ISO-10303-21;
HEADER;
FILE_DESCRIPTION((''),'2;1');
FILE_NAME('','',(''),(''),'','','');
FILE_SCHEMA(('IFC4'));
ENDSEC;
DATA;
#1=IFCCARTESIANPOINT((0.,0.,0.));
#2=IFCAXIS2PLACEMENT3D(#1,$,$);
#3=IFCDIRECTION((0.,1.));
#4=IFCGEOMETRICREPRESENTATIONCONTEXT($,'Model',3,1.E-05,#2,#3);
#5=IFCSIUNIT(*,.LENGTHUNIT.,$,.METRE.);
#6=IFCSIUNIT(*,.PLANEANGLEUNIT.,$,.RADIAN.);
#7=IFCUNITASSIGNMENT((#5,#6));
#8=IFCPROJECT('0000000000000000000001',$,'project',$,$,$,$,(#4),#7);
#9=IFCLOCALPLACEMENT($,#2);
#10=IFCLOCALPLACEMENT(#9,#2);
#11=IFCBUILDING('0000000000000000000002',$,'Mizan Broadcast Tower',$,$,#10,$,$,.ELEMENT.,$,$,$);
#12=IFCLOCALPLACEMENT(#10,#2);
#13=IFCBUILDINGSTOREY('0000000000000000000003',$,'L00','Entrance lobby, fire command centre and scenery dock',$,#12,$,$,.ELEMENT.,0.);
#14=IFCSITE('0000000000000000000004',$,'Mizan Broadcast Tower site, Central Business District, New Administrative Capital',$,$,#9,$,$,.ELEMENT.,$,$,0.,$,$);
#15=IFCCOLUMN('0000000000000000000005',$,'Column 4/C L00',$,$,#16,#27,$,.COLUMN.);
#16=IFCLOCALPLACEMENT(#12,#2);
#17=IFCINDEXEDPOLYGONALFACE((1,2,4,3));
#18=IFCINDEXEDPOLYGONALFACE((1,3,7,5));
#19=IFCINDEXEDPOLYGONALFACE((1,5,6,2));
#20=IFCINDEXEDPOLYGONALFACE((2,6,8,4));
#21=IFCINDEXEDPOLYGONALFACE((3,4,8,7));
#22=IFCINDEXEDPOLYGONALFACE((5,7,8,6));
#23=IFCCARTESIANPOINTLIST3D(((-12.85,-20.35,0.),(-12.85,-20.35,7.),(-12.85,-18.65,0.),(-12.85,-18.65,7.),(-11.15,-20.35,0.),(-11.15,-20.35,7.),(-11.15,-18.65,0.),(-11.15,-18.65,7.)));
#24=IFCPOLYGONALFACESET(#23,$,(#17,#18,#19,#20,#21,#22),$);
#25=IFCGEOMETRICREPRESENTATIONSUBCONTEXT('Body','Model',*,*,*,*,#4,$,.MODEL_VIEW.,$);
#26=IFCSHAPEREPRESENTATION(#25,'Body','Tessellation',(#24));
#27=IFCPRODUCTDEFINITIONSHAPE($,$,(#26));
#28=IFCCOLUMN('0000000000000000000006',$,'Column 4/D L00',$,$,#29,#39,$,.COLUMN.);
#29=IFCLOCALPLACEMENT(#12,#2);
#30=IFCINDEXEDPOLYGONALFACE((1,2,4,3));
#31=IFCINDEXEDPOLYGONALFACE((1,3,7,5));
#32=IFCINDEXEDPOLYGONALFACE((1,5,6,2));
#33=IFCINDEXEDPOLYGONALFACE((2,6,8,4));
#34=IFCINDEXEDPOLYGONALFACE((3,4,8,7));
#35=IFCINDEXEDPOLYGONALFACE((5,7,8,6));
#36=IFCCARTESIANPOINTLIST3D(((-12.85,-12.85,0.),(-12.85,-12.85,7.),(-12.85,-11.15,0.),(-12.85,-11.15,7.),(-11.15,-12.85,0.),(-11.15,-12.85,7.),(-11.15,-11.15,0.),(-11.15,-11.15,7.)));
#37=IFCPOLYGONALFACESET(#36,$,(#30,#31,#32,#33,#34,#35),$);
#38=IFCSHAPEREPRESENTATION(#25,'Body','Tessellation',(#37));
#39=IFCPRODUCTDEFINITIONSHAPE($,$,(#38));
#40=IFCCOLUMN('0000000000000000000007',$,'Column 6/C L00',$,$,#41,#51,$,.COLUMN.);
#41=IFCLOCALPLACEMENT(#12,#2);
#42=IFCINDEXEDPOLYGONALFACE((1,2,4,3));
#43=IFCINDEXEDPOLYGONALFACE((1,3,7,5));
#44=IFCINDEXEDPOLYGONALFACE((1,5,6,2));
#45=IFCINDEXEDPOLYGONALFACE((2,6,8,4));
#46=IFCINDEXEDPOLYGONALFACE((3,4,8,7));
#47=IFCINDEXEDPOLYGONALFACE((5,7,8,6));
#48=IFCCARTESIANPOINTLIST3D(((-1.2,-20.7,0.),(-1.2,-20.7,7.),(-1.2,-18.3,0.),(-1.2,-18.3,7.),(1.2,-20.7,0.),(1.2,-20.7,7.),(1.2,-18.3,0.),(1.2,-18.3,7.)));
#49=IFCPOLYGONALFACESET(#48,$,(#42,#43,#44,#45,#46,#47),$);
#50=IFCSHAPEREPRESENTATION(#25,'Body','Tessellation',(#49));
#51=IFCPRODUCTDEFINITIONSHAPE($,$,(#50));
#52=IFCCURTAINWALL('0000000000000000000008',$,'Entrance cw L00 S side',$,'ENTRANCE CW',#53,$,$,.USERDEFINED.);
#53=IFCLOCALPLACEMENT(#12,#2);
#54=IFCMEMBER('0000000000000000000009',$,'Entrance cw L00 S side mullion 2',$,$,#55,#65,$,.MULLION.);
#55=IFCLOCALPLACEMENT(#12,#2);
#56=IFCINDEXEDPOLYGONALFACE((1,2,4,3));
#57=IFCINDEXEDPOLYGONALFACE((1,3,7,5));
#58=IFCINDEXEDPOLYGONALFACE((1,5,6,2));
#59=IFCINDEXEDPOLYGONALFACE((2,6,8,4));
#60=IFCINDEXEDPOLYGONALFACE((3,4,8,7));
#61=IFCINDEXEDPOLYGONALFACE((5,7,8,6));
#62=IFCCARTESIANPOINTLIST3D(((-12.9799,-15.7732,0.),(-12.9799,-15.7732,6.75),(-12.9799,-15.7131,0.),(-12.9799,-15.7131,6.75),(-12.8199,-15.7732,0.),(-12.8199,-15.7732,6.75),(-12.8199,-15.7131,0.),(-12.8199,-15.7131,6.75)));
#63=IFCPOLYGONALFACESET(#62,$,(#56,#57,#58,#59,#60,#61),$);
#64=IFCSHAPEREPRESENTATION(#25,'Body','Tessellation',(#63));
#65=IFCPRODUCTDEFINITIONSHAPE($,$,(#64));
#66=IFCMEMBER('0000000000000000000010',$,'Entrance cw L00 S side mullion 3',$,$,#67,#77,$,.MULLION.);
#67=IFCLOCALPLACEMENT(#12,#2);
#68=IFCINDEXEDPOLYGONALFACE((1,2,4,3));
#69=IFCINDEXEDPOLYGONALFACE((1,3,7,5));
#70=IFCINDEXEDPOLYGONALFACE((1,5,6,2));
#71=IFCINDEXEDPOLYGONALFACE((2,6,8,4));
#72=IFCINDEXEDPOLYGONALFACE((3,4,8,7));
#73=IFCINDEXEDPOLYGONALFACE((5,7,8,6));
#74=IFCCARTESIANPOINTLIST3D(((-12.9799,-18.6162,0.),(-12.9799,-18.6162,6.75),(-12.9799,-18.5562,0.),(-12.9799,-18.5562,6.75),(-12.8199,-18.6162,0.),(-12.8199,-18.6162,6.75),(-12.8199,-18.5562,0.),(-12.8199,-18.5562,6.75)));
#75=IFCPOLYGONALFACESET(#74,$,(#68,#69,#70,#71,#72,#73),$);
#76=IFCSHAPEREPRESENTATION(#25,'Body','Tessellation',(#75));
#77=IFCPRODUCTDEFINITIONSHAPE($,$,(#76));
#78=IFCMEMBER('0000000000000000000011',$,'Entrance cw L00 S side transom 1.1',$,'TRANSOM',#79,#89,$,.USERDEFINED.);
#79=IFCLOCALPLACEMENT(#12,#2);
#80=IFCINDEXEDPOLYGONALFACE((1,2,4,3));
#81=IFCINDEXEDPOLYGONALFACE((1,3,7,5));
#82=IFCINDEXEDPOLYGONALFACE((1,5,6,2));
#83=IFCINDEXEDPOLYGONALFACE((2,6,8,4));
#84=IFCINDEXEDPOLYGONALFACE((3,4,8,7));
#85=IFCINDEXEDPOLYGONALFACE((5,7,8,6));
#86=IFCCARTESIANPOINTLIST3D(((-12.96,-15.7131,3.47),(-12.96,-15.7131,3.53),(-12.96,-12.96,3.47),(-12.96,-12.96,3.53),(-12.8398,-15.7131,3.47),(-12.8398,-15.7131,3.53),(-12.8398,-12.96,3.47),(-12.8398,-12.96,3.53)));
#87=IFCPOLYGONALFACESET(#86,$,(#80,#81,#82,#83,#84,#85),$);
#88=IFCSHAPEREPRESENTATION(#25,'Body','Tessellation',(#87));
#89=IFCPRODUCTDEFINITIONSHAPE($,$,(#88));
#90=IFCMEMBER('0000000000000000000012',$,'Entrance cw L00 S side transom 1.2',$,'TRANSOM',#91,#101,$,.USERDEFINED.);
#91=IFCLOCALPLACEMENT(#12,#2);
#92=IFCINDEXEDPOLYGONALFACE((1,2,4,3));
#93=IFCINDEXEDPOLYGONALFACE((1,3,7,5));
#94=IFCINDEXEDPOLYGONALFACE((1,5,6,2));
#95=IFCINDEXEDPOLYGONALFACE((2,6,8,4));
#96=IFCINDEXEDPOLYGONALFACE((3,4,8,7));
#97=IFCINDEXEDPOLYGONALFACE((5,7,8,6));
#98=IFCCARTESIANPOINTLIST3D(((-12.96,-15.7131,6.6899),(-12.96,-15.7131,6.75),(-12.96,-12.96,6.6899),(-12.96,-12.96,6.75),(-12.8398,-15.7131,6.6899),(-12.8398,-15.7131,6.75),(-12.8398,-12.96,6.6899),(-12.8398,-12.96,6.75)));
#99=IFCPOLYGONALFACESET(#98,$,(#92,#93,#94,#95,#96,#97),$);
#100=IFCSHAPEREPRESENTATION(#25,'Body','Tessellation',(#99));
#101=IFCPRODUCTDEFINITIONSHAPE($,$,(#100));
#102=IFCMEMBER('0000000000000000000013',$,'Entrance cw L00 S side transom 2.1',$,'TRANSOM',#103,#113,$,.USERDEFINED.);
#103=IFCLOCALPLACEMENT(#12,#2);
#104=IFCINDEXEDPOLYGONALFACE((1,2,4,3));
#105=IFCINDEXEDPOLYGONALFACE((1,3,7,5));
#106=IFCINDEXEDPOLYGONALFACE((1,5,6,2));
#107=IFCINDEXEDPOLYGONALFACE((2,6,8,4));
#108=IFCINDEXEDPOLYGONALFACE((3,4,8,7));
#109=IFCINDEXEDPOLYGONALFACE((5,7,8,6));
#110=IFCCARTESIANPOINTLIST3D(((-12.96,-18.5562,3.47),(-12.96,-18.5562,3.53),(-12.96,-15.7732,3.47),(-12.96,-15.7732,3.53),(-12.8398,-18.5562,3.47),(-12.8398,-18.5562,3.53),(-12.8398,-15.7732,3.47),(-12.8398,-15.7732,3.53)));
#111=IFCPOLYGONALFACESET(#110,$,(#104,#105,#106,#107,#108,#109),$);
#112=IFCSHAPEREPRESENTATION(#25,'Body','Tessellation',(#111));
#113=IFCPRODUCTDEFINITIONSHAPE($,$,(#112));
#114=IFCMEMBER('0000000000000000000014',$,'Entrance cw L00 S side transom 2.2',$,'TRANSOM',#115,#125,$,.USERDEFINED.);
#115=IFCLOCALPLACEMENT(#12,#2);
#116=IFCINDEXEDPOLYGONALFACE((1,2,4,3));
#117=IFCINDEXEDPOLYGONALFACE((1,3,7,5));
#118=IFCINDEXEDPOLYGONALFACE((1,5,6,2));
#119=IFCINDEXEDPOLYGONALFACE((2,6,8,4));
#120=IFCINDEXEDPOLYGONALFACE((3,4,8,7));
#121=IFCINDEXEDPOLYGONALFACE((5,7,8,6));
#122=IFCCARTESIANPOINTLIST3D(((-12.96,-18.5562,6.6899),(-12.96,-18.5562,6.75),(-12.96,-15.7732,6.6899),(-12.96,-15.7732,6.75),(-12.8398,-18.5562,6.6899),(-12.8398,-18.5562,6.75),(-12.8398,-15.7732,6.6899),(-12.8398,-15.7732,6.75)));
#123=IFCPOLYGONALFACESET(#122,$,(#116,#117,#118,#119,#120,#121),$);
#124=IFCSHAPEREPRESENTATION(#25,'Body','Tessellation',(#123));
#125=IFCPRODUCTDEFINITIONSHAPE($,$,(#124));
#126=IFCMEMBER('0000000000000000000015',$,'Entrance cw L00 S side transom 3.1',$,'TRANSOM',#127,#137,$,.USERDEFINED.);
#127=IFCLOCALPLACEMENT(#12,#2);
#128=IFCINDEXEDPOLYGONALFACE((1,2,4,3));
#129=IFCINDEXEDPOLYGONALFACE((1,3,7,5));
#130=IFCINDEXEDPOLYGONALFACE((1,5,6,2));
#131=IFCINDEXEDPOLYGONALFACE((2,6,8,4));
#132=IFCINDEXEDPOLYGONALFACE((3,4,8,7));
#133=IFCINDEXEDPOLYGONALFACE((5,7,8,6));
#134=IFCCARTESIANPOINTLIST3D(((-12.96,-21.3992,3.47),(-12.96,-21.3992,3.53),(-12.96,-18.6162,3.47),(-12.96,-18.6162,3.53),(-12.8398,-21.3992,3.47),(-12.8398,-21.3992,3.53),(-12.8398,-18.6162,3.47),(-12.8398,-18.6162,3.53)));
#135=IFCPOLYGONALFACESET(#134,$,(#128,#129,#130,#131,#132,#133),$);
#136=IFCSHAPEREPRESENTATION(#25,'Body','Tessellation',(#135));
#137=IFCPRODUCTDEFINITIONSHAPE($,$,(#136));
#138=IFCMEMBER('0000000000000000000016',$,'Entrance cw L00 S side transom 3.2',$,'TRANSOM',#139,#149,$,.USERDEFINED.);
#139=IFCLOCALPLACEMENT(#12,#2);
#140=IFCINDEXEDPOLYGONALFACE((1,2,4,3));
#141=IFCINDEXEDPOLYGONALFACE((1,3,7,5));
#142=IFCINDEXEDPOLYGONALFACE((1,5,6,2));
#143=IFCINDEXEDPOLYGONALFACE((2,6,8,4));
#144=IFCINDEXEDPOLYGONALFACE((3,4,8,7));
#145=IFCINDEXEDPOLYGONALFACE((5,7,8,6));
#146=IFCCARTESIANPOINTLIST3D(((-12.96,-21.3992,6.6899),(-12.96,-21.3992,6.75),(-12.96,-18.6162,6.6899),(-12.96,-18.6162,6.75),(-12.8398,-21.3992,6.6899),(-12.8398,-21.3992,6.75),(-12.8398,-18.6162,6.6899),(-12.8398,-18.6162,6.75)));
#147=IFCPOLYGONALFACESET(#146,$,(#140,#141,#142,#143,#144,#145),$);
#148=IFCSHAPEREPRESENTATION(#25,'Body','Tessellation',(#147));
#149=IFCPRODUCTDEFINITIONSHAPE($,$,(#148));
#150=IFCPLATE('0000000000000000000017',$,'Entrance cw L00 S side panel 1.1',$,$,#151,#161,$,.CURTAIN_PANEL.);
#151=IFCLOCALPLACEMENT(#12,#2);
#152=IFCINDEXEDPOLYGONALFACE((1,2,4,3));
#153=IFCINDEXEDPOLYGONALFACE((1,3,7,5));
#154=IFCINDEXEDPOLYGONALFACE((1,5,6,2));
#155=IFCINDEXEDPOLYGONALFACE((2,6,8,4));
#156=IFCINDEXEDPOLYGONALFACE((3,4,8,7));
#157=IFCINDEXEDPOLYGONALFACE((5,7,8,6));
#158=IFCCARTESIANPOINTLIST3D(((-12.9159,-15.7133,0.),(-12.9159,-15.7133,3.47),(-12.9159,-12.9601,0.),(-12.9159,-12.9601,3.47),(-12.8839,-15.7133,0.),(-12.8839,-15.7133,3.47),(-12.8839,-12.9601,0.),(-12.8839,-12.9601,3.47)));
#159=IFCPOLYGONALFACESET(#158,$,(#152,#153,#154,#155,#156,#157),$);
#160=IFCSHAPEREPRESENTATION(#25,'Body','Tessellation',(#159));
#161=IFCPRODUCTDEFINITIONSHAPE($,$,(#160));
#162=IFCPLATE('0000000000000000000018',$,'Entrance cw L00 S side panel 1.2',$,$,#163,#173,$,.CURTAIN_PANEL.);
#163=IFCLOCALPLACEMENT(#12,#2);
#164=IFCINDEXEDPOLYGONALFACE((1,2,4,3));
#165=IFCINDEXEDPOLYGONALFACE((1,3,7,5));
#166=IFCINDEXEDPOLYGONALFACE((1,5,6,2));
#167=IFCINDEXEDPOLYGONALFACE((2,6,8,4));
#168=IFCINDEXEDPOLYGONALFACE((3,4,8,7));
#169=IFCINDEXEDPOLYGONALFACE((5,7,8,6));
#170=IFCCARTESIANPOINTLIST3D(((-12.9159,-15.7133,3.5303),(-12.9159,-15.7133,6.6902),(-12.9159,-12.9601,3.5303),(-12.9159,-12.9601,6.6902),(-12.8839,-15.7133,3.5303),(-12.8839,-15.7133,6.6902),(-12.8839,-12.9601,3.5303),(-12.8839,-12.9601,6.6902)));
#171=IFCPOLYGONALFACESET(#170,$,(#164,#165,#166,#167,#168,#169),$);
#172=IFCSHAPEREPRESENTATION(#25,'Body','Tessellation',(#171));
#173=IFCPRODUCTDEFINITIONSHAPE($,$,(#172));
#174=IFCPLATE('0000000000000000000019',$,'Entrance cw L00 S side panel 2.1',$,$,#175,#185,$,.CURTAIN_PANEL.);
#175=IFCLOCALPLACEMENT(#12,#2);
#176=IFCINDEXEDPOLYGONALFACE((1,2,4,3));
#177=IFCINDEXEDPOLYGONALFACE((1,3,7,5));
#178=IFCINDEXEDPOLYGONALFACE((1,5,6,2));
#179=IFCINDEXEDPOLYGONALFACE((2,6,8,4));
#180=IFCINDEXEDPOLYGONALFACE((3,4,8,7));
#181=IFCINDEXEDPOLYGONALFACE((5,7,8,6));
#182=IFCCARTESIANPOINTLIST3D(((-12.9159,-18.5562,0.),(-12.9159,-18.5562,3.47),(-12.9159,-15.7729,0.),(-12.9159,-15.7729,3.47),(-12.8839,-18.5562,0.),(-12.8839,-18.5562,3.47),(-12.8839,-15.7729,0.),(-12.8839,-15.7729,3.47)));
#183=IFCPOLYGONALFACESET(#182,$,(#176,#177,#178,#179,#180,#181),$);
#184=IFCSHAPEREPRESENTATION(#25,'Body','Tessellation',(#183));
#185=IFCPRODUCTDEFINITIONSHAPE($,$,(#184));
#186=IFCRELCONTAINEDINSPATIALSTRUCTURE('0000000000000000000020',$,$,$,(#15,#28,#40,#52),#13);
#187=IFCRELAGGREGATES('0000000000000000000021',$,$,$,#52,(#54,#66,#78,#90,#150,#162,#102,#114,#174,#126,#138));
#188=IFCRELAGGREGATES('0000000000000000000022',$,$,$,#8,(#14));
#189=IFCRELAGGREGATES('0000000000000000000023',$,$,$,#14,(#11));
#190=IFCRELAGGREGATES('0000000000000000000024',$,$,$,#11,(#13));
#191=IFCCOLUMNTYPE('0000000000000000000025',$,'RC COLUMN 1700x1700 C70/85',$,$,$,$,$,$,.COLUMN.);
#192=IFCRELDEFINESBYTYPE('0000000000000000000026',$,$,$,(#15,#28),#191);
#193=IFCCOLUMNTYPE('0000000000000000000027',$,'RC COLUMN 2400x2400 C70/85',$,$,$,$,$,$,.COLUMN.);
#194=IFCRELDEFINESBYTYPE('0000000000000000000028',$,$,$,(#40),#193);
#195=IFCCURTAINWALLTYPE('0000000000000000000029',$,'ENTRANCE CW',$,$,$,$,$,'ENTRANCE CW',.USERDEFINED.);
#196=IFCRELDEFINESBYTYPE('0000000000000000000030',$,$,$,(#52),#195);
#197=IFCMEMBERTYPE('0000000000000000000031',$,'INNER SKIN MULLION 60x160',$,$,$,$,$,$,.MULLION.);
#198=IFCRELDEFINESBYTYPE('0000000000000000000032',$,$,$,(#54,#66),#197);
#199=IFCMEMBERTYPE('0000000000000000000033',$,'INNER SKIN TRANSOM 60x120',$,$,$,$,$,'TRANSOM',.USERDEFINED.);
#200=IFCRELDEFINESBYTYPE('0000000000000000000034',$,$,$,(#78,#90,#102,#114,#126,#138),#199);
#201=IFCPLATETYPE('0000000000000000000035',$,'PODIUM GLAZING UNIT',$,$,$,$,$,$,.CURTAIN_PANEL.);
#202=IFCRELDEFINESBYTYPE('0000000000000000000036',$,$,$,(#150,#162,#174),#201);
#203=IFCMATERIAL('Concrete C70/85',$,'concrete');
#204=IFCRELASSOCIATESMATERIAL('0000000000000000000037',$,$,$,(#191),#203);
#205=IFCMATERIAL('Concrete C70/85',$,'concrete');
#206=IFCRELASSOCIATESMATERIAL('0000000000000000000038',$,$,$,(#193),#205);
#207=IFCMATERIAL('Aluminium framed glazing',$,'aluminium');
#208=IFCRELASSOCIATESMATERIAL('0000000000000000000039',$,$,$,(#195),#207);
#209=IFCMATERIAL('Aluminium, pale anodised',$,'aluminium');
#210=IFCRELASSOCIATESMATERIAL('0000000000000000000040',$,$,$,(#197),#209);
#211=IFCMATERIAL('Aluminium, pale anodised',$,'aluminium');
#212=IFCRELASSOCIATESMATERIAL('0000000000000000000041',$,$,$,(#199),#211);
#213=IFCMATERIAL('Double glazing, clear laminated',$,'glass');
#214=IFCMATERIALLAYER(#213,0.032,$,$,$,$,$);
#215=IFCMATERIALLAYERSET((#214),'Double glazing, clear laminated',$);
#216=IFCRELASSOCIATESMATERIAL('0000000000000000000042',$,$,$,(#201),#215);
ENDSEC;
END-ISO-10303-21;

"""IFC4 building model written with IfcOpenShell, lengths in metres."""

from ifc_helpers import new_model, si_unit, direction, frame, origin, origin_2d, place, context, subcontext, project, spatial, rectangle, extrude, material, layer, layer_set, material_profile, profile_set, type_object, element, aggregate, save


model = new_model("IFC4")

# Units and contexts
model_context = context("Model", 3, precision=1e-05, world=origin(), true_north=direction((0.0, 1.0)))
body_context = subcontext(model_context, "Body", "Model", "MODEL_VIEW")
ifc_project = project(units=[si_unit("LENGTHUNIT", "METRE"), si_unit("PLANEANGLEUNIT", "RADIAN")], contexts=[model_context])

# Site, building, storey
site_placement = place(None, origin())
site = spatial("IfcSite", under=ifc_project, at=site_placement, Name="Mizan Broadcast Tower site, Central Business District, New Administrative Capital", CompositionType="ELEMENT", RefElevation=0.0)
building_placement = place(site_placement, origin())
building = spatial("IfcBuilding", under=site, at=building_placement, Name="Mizan Broadcast Tower", CompositionType="ELEMENT")
storey_placement = place(building_placement, origin())
storey = spatial("IfcBuildingStorey", under=building, at=storey_placement, Name="L00", Description="Entrance lobby, fire command centre and scenery dock", CompositionType="ELEMENT", Elevation=0.0)

# Columns
ifc_material_1 = material(Name="Concrete C70/85", Category="concrete")
ifc_material_profile_1 = material_profile(ifc_material_1, rectangle(XDim=1.7, YDim=1.7, at=origin_2d()), Name="RC 1700x1700")
ifc_profile_set_1 = profile_set([ifc_material_profile_1], Name="Concrete C70/85")
column_type_1 = type_object("IfcColumnType", Name="RC COLUMN 1700x1700 C70/85", PredefinedType="COLUMN", material=ifc_profile_set_1)
for number, where, z_axis, x_axis, name in (
    (1, (-12.0, -19.5, 0.0), (0.0, 0.0, 1.0), (1.0, 0.0, 0.0), "Column 4/C L00"),
    (2, (-12.0, -12.0, 0.0), (0.0, 0.0, 1.0), (1.0, 0.0, 0.0), "Column 4/D L00"),
):
    element("IfcColumn", number, at=place(storey_placement, frame(where, z_axis=z_axis, x_axis=x_axis)), inside=storey, type_object=column_type_1, Name=name, PredefinedType="COLUMN", context=body_context, shape_type="SweptSolid", body=[
        extrude(rectangle(XDim=1.7, YDim=1.7, at=origin_2d()), origin(), (0.0, 0.0, 1.0), 7.0),
    ])
ifc_material_2 = material(Name="Concrete C70/85", Category="concrete")
ifc_material_profile_2 = material_profile(ifc_material_2, rectangle(XDim=2.3999, YDim=2.3999, at=origin_2d()), Name="RC 2400x2400")
ifc_profile_set_2 = profile_set([ifc_material_profile_2], Name="Concrete C70/85")
column_type_2 = type_object("IfcColumnType", Name="RC COLUMN 2400x2400 C70/85", PredefinedType="COLUMN", material=ifc_profile_set_2)
column_placement = place(storey_placement, frame((0.0, -19.5, 0.0), z_axis=(0.0, 0.0, 1.0), x_axis=(1.0, 0.0, 0.0)))
element("IfcColumn", 3, at=column_placement, inside=storey, type_object=column_type_2, Name="Column 6/C L00", PredefinedType="COLUMN", context=body_context, shape_type="SweptSolid", body=[
    extrude(rectangle(XDim=2.3999, YDim=2.3999, at=origin_2d()), origin(), (0.0, 0.0, 1.0), 7.0),
])

# Curtain wall, members, plates
ifc_material_3 = material(Name="Aluminium framed glazing", Category="aluminium")
curtain_wall_type = type_object("IfcCurtainWallType", Name="ENTRANCE CW", ElementType="ENTRANCE CW", PredefinedType="USERDEFINED", material=ifc_material_3)
curtain_wall_placement = place(storey_placement, origin())
curtain_wall = element("IfcCurtainWall", 4, at=curtain_wall_placement, inside=storey, type_object=curtain_wall_type, Name="Entrance cw L00 S side", ObjectType="ENTRANCE CW", PredefinedType="USERDEFINED")
ifc_material_4 = material(Name="Aluminium, pale anodised", Category="aluminium")
ifc_material_profile_3 = material_profile(ifc_material_4, rectangle(XDim=0.1599, YDim=0.0601, at=origin_2d()), Name="MULLION 160x60")
ifc_profile_set_3 = profile_set([ifc_material_profile_3], Name="Aluminium, pale anodised")
member_type_1 = type_object("IfcMemberType", Name="INNER SKIN MULLION 60x160", PredefinedType="MULLION", material=ifc_profile_set_3)
member_1_placement = place(storey_placement, frame((-12.8999, -15.7432, 0.0), z_axis=(0.0, 0.0, 1.0), x_axis=(1.0, 0.0, 0.0)))
member_1 = element("IfcMember", 5, at=member_1_placement, type_object=member_type_1, Name="Entrance cw L00 S side mullion 2", PredefinedType="MULLION", context=body_context, shape_type="SweptSolid", body=[
    extrude(rectangle(XDim=0.1599, YDim=0.0601, at=origin_2d()), origin(), (0.0, 0.0, 1.0), 6.75),
])
member_2_placement = place(storey_placement, frame((-12.8999, -18.5862, 0.0), z_axis=(0.0, 0.0, 1.0), x_axis=(1.0, 0.0, 0.0)))
member_2 = element("IfcMember", 6, at=member_2_placement, type_object=member_type_1, Name="Entrance cw L00 S side mullion 3", PredefinedType="MULLION", context=body_context, shape_type="SweptSolid", body=[
    extrude(rectangle(XDim=0.1599, YDim=0.0601, at=origin_2d()), origin(), (0.0, 0.0, 1.0), 6.75),
])
ifc_material_5 = material(Name="Aluminium, pale anodised", Category="aluminium")
ifc_material_profile_4 = material_profile(ifc_material_5, rectangle(XDim=0.1201, YDim=0.0601, at=origin_2d()), Name="TRANSOM 120x60")
ifc_profile_set_4 = profile_set([ifc_material_profile_4], Name="Aluminium, pale anodised")
member_type_2 = type_object("IfcMemberType", Name="INNER SKIN TRANSOM 60x120", ElementType="TRANSOM", PredefinedType="USERDEFINED", material=ifc_profile_set_4)
member_3_placement = place(storey_placement, frame((-12.8999, -12.96, 3.5), z_axis=(0.0, -1.0, 0.0), x_axis=(1.0, 0.0, 0.0)))
member_3 = element("IfcMember", 7, at=member_3_placement, type_object=member_type_2, Name="Entrance cw L00 S side transom 1.1", ObjectType="TRANSOM", PredefinedType="USERDEFINED", context=body_context, shape_type="SweptSolid", body=[
    extrude(rectangle(XDim=0.1201, YDim=0.0601, at=origin_2d()), origin(), (0.0, 0.0, 1.0), 2.7532),
])
member_4_placement = place(storey_placement, frame((-12.8999, -12.96, 6.72), z_axis=(0.0, -1.0, 0.0), x_axis=(1.0, 0.0, 0.0)))
member_4 = element("IfcMember", 8, at=member_4_placement, type_object=member_type_2, Name="Entrance cw L00 S side transom 1.2", ObjectType="TRANSOM", PredefinedType="USERDEFINED", context=body_context, shape_type="SweptSolid", body=[
    extrude(rectangle(XDim=0.1201, YDim=0.0601, at=origin_2d()), origin(), (0.0, 0.0, 1.0), 2.7532),
])
member_5_placement = place(storey_placement, frame((-12.8999, -15.7732, 3.5), z_axis=(0.0, -1.0, 0.0), x_axis=(1.0, 0.0, 0.0)))
member_5 = element("IfcMember", 9, at=member_5_placement, type_object=member_type_2, Name="Entrance cw L00 S side transom 2.1", ObjectType="TRANSOM", PredefinedType="USERDEFINED", context=body_context, shape_type="SweptSolid", body=[
    extrude(rectangle(XDim=0.1201, YDim=0.0601, at=origin_2d()), origin(), (0.0, 0.0, 1.0), 2.783),
])
member_6_placement = place(storey_placement, frame((-12.8999, -15.7732, 6.72), z_axis=(0.0, -1.0, 0.0), x_axis=(1.0, 0.0, 0.0)))
member_6 = element("IfcMember", 10, at=member_6_placement, type_object=member_type_2, Name="Entrance cw L00 S side transom 2.2", ObjectType="TRANSOM", PredefinedType="USERDEFINED", context=body_context, shape_type="SweptSolid", body=[
    extrude(rectangle(XDim=0.1201, YDim=0.0601, at=origin_2d()), origin(), (0.0, 0.0, 1.0), 2.783),
])
member_7_placement = place(storey_placement, frame((-12.8999, -18.6162, 3.5), z_axis=(0.0, -1.0, 0.0), x_axis=(1.0, 0.0, 0.0)))
member_7 = element("IfcMember", 11, at=member_7_placement, type_object=member_type_2, Name="Entrance cw L00 S side transom 3.1", ObjectType="TRANSOM", PredefinedType="USERDEFINED", context=body_context, shape_type="SweptSolid", body=[
    extrude(rectangle(XDim=0.1201, YDim=0.0601, at=origin_2d()), origin(), (0.0, 0.0, 1.0), 2.783),
])
member_8_placement = place(storey_placement, frame((-12.8999, -18.6162, 6.72), z_axis=(0.0, -1.0, 0.0), x_axis=(1.0, 0.0, 0.0)))
member_8 = element("IfcMember", 12, at=member_8_placement, type_object=member_type_2, Name="Entrance cw L00 S side transom 3.2", ObjectType="TRANSOM", PredefinedType="USERDEFINED", context=body_context, shape_type="SweptSolid", body=[
    extrude(rectangle(XDim=0.1201, YDim=0.0601, at=origin_2d()), origin(), (0.0, 0.0, 1.0), 2.783),
])
ifc_material_6 = material(Name="Double glazing, clear laminated", Category="glass")
ifc_layer_1 = layer(ifc_material_6, 0.032)
ifc_layer_set_1 = layer_set([ifc_layer_1], Name="Double glazing, clear laminated")
plate_type = type_object("IfcPlateType", Name="PODIUM GLAZING UNIT", PredefinedType="CURTAIN_PANEL", material=ifc_layer_set_1)
plate_1_placement = place(storey_placement, frame((-12.8999, -14.3367, 0.0), z_axis=(0.0, 0.0, 1.0), x_axis=(0.0, -1.0, 0.0)))
plate_1 = element("IfcPlate", 13, at=plate_1_placement, type_object=plate_type, Name="Entrance cw L00 S side panel 1.1", PredefinedType="CURTAIN_PANEL", context=body_context, shape_type="SweptSolid", body=[
    extrude(rectangle(XDim=2.7532, YDim=0.032, at=origin_2d()), origin(), (0.0, 0.0, 1.0), 3.47),
])
plate_2_placement = place(storey_placement, frame((-12.8999, -14.3367, 3.5303), z_axis=(0.0, 0.0, 1.0), x_axis=(0.0, -1.0, 0.0)))
plate_2 = element("IfcPlate", 14, at=plate_2_placement, type_object=plate_type, Name="Entrance cw L00 S side panel 1.2", PredefinedType="CURTAIN_PANEL", context=body_context, shape_type="SweptSolid", body=[
    extrude(rectangle(XDim=2.7532, YDim=0.032, at=origin_2d()), origin(), (0.0, 0.0, 1.0), 3.1599),
])
plate_3_placement = place(storey_placement, frame((-12.8999, -17.1646, 0.0), z_axis=(0.0, 0.0, 1.0), x_axis=(0.0, -1.0, 0.0)))
plate_3 = element("IfcPlate", 15, at=plate_3_placement, type_object=plate_type, Name="Entrance cw L00 S side panel 2.1", PredefinedType="CURTAIN_PANEL", context=body_context, shape_type="SweptSolid", body=[
    extrude(rectangle(XDim=2.7832, YDim=0.032, at=origin_2d()), origin(), (0.0, 0.0, 1.0), 3.47),
])
aggregate(curtain_wall, [member_1, member_2, member_3, member_4, plate_1, plate_2, member_5, member_6, plate_3, member_7, member_8])

save(model, "model.ifc")
